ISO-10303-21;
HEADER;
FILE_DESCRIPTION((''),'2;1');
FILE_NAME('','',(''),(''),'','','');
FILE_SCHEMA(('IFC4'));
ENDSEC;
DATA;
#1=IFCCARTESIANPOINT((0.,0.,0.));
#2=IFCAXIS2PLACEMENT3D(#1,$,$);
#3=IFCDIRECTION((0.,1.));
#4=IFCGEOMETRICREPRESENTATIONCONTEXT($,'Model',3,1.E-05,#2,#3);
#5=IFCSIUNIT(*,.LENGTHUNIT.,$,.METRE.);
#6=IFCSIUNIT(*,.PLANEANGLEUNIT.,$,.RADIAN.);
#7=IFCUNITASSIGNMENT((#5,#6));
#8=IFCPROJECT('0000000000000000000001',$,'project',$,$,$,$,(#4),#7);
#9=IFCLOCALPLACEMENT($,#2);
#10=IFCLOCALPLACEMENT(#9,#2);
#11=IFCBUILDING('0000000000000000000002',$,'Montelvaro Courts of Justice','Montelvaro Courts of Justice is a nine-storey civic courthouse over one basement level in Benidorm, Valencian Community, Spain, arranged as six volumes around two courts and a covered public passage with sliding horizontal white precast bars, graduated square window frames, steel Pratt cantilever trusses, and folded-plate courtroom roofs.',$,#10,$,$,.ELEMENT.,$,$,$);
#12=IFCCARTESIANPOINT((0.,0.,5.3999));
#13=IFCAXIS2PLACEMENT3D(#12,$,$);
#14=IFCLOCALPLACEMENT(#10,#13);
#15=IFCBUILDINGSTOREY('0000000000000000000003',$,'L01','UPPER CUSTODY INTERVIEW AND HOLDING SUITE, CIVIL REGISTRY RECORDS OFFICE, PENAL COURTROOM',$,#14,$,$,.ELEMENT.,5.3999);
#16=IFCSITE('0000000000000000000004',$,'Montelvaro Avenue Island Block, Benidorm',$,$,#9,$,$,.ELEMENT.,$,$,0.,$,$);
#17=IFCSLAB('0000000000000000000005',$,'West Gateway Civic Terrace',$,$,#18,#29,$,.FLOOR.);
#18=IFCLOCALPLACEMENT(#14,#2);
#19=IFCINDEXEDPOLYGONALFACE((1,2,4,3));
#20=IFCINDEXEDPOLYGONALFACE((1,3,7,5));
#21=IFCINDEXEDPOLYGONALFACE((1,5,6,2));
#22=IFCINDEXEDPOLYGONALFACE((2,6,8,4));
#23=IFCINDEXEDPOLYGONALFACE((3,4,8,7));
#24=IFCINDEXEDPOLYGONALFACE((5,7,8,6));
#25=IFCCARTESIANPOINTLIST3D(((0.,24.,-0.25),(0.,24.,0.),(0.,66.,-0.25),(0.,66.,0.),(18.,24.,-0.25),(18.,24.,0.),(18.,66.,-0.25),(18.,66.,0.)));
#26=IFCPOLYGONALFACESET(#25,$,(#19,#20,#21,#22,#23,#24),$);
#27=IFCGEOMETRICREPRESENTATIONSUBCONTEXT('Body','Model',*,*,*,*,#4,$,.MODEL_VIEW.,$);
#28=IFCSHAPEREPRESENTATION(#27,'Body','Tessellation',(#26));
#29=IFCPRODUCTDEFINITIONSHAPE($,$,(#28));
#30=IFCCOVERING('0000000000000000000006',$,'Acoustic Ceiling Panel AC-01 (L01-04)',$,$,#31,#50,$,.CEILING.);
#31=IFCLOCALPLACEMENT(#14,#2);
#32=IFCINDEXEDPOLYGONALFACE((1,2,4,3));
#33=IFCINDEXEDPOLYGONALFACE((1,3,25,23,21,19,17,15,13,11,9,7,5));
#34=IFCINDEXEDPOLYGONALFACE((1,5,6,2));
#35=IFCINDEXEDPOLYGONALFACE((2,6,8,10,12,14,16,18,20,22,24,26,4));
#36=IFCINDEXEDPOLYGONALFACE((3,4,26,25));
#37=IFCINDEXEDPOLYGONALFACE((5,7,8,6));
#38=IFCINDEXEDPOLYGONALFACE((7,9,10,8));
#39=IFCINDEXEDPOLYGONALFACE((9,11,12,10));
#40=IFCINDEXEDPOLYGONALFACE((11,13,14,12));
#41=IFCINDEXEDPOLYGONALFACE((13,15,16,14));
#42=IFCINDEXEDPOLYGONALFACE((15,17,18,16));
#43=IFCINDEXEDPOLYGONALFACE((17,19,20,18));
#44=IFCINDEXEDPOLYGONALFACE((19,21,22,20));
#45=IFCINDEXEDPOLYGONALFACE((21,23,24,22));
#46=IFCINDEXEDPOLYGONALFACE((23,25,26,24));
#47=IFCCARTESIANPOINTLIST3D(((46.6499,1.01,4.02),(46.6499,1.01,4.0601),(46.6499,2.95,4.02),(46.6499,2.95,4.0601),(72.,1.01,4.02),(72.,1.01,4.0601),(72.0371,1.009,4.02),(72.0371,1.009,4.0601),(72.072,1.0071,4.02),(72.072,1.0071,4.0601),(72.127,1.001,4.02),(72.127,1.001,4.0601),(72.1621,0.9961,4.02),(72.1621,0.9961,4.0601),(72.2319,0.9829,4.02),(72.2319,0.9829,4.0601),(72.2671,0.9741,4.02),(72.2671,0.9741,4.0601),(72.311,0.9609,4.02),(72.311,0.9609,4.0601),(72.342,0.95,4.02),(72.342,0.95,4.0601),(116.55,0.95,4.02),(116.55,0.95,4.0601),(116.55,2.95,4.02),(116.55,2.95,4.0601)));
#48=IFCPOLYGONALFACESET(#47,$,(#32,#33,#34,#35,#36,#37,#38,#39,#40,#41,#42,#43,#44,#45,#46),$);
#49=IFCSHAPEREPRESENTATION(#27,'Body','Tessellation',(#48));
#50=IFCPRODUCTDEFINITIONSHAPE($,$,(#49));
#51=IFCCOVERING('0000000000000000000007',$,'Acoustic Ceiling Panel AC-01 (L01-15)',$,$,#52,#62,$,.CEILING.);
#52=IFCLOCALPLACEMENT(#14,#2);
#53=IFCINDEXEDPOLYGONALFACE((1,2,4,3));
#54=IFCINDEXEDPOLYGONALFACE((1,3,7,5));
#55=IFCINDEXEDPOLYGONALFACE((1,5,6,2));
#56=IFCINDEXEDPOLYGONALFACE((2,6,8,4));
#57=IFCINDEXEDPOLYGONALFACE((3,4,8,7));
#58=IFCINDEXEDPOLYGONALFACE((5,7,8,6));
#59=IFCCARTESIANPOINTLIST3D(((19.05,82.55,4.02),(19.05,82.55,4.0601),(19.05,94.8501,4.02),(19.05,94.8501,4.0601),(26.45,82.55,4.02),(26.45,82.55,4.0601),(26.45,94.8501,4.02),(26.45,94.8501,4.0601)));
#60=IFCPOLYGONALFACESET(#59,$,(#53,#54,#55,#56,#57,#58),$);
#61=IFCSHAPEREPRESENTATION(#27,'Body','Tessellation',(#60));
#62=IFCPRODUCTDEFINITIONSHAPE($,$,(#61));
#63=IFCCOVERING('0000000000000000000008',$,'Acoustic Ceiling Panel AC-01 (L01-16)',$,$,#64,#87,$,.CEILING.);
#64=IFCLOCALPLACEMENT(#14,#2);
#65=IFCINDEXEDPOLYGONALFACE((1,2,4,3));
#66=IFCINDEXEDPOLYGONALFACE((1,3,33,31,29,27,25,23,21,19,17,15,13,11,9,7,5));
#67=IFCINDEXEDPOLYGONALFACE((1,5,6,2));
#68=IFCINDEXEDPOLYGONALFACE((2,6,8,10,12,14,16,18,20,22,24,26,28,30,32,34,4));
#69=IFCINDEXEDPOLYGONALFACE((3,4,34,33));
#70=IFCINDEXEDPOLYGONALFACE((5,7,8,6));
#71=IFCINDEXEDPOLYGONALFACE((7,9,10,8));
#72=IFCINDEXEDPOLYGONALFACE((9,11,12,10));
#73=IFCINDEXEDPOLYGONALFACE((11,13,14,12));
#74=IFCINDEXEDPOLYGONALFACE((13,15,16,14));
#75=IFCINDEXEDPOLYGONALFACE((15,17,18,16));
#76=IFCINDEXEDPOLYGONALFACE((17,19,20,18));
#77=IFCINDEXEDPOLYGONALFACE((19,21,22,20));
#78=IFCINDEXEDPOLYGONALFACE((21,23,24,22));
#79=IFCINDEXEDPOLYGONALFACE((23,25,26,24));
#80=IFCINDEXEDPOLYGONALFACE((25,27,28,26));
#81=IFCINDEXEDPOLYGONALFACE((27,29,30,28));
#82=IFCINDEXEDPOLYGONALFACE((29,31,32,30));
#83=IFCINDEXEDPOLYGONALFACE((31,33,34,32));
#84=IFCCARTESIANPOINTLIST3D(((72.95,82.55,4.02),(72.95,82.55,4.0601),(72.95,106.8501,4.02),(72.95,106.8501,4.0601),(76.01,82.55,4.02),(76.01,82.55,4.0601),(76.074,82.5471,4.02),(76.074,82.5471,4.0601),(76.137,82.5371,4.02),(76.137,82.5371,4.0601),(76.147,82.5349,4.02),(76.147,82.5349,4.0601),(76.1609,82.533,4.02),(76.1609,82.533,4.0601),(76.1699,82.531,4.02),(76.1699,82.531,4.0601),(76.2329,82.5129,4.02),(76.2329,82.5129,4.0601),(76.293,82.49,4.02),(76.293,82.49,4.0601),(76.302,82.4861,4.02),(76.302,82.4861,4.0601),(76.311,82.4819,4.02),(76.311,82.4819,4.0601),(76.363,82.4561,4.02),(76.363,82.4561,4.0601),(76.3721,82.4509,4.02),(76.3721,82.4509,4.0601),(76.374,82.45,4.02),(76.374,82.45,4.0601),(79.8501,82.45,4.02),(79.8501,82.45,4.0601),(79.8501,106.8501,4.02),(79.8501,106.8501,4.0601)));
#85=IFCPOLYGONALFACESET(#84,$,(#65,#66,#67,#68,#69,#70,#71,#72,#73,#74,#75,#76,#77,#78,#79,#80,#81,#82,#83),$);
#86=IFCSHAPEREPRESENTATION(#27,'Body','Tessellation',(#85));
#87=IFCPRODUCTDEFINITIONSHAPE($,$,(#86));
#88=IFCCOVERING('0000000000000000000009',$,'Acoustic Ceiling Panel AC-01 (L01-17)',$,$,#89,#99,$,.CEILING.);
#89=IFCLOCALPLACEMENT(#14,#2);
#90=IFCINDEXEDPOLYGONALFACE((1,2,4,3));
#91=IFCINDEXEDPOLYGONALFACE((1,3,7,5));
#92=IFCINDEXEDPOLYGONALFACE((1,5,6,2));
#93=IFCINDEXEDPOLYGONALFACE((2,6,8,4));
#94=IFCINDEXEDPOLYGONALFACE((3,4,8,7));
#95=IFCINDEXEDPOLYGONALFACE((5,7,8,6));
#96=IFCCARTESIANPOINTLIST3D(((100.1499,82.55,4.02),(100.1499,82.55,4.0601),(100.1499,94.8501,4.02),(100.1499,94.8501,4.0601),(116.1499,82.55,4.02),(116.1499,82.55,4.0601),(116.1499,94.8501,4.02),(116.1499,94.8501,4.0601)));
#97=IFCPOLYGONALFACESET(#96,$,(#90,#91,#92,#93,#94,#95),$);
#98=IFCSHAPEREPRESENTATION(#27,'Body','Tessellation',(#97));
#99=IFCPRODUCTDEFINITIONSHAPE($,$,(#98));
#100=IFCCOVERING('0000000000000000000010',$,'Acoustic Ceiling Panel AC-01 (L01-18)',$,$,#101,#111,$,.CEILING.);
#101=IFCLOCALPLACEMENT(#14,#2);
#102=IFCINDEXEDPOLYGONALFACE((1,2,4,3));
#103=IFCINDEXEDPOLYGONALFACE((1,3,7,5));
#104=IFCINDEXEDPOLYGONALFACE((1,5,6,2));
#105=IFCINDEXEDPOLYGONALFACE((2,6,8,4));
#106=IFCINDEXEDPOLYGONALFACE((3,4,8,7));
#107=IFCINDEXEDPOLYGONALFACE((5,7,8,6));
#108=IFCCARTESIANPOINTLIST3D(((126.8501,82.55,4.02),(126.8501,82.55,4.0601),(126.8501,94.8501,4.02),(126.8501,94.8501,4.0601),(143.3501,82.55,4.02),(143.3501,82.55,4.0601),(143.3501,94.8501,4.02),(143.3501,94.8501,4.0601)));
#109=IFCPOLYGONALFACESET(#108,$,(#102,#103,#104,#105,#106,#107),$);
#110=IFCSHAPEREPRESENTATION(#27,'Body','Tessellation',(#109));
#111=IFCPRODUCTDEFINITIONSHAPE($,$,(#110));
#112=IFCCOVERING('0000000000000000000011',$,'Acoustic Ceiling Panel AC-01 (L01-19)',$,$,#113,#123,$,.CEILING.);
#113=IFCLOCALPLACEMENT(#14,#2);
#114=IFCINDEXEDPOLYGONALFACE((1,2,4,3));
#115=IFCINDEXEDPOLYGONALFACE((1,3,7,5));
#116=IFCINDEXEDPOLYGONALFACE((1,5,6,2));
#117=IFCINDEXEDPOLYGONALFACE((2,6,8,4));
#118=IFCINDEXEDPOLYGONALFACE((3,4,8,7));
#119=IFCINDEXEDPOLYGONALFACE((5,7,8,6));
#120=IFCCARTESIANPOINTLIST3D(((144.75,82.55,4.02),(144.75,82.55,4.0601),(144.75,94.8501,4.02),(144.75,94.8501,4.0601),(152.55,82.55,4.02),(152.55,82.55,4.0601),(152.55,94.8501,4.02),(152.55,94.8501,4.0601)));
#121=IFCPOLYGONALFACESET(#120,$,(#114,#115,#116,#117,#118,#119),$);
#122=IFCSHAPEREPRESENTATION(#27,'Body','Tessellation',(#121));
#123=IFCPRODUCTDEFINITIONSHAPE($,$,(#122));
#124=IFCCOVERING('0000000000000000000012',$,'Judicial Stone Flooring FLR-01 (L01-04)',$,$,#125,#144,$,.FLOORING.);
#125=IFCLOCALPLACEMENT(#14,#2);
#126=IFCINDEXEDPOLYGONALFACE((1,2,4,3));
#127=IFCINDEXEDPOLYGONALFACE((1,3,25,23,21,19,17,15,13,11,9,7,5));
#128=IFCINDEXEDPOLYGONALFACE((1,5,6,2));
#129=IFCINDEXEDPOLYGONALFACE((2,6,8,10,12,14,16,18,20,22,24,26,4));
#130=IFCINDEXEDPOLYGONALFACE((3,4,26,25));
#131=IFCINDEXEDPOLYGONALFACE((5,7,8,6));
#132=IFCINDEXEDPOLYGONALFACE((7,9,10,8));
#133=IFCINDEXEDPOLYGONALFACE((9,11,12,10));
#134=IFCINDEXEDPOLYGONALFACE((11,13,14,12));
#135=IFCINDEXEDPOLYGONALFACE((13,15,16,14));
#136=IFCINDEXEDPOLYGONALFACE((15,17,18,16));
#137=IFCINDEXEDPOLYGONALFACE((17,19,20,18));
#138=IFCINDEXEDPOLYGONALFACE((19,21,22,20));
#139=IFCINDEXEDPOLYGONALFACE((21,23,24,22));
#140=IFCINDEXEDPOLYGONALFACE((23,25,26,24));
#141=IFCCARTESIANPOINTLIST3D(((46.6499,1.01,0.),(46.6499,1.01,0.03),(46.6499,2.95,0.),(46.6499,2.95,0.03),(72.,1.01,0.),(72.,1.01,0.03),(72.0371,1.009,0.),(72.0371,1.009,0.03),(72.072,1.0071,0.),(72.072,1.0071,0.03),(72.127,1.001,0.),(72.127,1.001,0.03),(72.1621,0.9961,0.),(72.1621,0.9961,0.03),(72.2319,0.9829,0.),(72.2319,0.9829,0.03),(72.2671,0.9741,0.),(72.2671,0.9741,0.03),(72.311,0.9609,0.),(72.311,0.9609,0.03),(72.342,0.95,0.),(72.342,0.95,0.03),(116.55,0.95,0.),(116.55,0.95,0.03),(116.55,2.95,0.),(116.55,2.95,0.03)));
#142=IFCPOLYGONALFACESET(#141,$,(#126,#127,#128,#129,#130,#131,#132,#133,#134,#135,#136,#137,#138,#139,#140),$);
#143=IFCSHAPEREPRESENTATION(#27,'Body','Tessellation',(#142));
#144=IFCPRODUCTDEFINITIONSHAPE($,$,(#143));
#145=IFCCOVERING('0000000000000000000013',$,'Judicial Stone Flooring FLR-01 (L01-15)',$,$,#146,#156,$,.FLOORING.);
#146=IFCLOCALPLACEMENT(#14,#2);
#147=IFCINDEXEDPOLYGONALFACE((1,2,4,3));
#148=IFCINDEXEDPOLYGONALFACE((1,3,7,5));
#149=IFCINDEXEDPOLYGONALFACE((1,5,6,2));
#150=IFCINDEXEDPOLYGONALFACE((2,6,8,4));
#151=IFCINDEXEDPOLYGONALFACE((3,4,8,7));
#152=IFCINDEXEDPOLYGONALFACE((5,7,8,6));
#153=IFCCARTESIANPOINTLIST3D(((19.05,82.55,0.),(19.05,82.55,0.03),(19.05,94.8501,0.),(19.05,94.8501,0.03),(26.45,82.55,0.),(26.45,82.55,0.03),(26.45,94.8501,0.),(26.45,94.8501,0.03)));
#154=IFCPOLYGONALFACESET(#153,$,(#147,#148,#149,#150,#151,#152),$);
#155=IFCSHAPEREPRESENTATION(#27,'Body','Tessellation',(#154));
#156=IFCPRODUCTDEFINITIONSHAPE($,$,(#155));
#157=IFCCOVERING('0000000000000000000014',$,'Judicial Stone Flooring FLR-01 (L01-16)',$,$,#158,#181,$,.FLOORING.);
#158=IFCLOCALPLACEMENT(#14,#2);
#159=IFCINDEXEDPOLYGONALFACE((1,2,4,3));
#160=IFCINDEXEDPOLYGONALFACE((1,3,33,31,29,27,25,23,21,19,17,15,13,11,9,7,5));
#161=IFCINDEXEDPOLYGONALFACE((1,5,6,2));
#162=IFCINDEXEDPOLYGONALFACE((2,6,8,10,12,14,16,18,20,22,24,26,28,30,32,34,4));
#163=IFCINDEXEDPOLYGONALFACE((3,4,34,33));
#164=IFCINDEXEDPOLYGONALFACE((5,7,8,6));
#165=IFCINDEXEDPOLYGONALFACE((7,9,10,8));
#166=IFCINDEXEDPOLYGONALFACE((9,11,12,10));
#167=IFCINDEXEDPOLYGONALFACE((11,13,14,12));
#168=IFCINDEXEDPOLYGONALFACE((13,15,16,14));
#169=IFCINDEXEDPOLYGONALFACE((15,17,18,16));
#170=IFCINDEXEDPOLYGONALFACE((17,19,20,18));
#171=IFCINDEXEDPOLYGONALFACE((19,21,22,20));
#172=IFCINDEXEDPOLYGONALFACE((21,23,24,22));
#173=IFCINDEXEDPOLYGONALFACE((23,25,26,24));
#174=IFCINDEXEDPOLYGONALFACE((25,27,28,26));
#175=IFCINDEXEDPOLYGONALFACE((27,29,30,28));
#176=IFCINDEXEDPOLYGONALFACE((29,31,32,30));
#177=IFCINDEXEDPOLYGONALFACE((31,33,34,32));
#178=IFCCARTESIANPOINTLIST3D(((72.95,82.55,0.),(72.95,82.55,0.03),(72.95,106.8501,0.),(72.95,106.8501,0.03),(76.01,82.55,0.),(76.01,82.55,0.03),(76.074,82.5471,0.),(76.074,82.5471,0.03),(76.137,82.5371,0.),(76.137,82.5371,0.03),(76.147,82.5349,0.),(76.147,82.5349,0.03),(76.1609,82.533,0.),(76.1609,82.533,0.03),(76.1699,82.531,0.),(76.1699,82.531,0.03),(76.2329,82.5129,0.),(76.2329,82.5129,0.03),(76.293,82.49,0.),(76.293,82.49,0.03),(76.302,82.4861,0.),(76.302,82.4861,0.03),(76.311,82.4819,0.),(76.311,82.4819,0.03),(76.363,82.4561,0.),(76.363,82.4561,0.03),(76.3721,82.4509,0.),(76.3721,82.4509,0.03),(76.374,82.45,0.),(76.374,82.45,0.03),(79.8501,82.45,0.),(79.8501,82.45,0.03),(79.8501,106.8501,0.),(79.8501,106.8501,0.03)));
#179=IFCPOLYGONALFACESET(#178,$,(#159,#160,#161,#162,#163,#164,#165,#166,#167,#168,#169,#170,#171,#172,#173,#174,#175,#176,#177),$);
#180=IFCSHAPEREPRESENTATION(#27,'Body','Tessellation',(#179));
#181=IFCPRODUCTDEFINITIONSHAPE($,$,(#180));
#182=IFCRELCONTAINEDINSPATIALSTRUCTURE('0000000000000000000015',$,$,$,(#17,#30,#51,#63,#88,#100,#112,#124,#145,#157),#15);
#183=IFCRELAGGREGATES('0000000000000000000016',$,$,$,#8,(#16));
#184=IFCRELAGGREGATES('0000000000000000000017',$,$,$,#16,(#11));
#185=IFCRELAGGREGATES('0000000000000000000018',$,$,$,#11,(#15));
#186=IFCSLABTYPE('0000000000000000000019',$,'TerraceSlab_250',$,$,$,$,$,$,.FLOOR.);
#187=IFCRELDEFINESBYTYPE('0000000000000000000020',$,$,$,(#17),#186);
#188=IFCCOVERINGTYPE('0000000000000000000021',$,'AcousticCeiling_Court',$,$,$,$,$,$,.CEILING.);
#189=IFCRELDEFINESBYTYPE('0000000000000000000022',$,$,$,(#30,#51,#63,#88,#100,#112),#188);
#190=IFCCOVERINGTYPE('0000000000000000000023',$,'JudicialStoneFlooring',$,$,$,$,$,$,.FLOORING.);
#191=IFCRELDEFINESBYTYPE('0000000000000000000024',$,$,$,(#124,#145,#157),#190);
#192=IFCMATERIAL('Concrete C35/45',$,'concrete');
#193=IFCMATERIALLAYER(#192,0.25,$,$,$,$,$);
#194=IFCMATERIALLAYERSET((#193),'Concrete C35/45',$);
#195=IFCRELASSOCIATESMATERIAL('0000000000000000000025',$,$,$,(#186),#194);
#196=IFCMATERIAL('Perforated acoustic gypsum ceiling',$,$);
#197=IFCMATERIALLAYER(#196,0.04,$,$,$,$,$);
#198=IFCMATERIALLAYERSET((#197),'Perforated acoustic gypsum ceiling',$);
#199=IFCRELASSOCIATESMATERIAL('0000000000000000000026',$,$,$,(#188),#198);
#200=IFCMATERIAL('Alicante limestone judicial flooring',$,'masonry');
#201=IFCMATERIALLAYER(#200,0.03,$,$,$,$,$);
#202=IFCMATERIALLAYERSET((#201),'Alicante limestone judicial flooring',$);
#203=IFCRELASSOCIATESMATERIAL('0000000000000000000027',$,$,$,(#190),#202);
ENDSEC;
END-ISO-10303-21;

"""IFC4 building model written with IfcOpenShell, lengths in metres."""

from ifc_helpers import new_model, si_unit, direction, frame, origin, place, context, subcontext, project, spatial, polyline, outline, extrude, material, layer, layer_set, type_object, element, save


model = new_model("IFC4")

# Units and contexts
model_context = context("Model", 3, precision=1e-05, world=origin(), true_north=direction((0.0, 1.0)))
body_context = subcontext(model_context, "Body", "Model", "MODEL_VIEW")
ifc_project = project(units=[si_unit("LENGTHUNIT", "METRE"), si_unit("PLANEANGLEUNIT", "RADIAN")], contexts=[model_context])

# Site, building, storey
site_placement = place(None, origin())
site = spatial("IfcSite", under=ifc_project, at=site_placement, Name="Montelvaro Avenue Island Block, Benidorm", CompositionType="ELEMENT", RefElevation=0.0)
building_placement = place(site_placement, origin())
building = spatial("IfcBuilding", under=site, at=building_placement, Name="Montelvaro Courts of Justice", Description="Montelvaro Courts of Justice is a nine-storey civic courthouse over one basement level in Benidorm, Valencian Community, Spain, arranged as six volumes around two courts and a covered public passage with sliding horizontal white precast bars, graduated square window frames, steel Pratt cantilever trusses, and folded-plate courtroom roofs.", CompositionType="ELEMENT")
storey_placement = place(building_placement, frame((0.0, 0.0, 5.3999)))
storey = spatial("IfcBuildingStorey", under=building, at=storey_placement, Name="L01", Description="UPPER CUSTODY INTERVIEW AND HOLDING SUITE, CIVIL REGISTRY RECORDS OFFICE, PENAL COURTROOM", CompositionType="ELEMENT", Elevation=5.3999)

# Shared definitions
ifc_material_1 = material(Name="Concrete C35/45", Category="concrete")

# Slab
ifc_layer_1 = layer(ifc_material_1, 0.25)
ifc_layer_set_1 = layer_set([ifc_layer_1], Name="Concrete C35/45")
slab_type_1 = type_object("IfcSlabType", Name="TerraceSlab_250", PredefinedType="FLOOR", material=ifc_layer_set_1)
slab_1_placement = place(storey_placement, frame((0.0, 0.0, -0.25)))
element("IfcSlab", 1, at=slab_1_placement, inside=storey, type_object=slab_type_1, Name="West Gateway Civic Terrace", PredefinedType="FLOOR", context=body_context, shape_type="SweptSolid", body=[
    extrude(outline(polyline([(0.0, 24.0), (18.0, 24.0), (18.0, 66.0), (0.0, 66.0), (0.0, 24.0)])), origin(), (0.0, 0.0, 1.0), 0.25),
])

# Coverings
ifc_material_2 = material(Name="Perforated acoustic gypsum ceiling")
ifc_layer_2 = layer(ifc_material_2, 0.04)
ifc_layer_set_2 = layer_set([ifc_layer_2], Name="Perforated acoustic gypsum ceiling")
covering_type_1 = type_object("IfcCoveringType", Name="AcousticCeiling_Court", PredefinedType="CEILING", material=ifc_layer_set_2)
covering_1_placement = place(storey_placement, frame((0.0, 0.0, 4.02)))
element("IfcCovering", 2, at=covering_1_placement, inside=storey, type_object=covering_type_1, Name="Acoustic Ceiling Panel AC-01 (L01-04)", PredefinedType="CEILING", context=body_context, shape_type="SweptSolid", body=[
    extrude(outline(polyline([(72.1621, 0.9961), (72.127, 1.001), (72.072, 1.0071), (72.0371, 1.009), (72.0, 1.01), (46.6499, 1.01), (46.6499, 2.95), (116.55, 2.95), (116.55, 0.95), (72.342, 0.95), (72.311, 0.9609), (72.2671, 0.9741), (72.2319, 0.9829), (72.1621, 0.9961)])), origin(), (0.0, 0.0, 1.0), 0.04),
])
covering_2_placement = place(storey_placement, frame((0.0, 0.0, 4.02)))
element("IfcCovering", 3, at=covering_2_placement, inside=storey, type_object=covering_type_1, Name="Acoustic Ceiling Panel AC-01 (L01-15)", PredefinedType="CEILING", context=body_context, shape_type="SweptSolid", body=[
    extrude(outline(polyline([(19.05, 94.8501), (26.45, 94.8501), (26.45, 82.55), (19.05, 82.55), (19.05, 94.8501)])), origin(), (0.0, 0.0, 1.0), 0.04),
])
covering_3_placement = place(storey_placement, frame((0.0, 0.0, 4.02)))
element("IfcCovering", 4, at=covering_3_placement, inside=storey, type_object=covering_type_1, Name="Acoustic Ceiling Panel AC-01 (L01-16)", PredefinedType="CEILING", context=body_context, shape_type="SweptSolid", body=[
    extrude(outline(polyline([(76.363, 82.4561), (76.311, 82.4819), (76.302, 82.4861), (76.293, 82.49), (76.2329, 82.5129), (76.1699, 82.531), (76.1609, 82.533), (76.147, 82.5349), (76.137, 82.5371), (76.074, 82.5471), (76.01, 82.55), (72.95, 82.55), (72.95, 106.8501), (79.8501, 106.8501), (79.8501, 82.45), (76.374, 82.45), (76.3721, 82.4509), (76.363, 82.4561)])), origin(), (0.0, 0.0, 1.0), 0.04),
])
covering_4_placement = place(storey_placement, frame((0.0, 0.0, 4.02)))
element("IfcCovering", 5, at=covering_4_placement, inside=storey, type_object=covering_type_1, Name="Acoustic Ceiling Panel AC-01 (L01-17)", PredefinedType="CEILING", context=body_context, shape_type="SweptSolid", body=[
    extrude(outline(polyline([(116.1499, 82.55), (100.1499, 82.55), (100.1499, 94.8501), (116.1499, 94.8501), (116.1499, 82.55)])), origin(), (0.0, 0.0, 1.0), 0.04),
])
covering_5_placement = place(storey_placement, frame((0.0, 0.0, 4.02)))
element("IfcCovering", 6, at=covering_5_placement, inside=storey, type_object=covering_type_1, Name="Acoustic Ceiling Panel AC-01 (L01-18)", PredefinedType="CEILING", context=body_context, shape_type="SweptSolid", body=[
    extrude(outline(polyline([(126.8501, 82.55), (126.8501, 94.8501), (143.3501, 94.8501), (143.3501, 82.55), (126.8501, 82.55)])), origin(), (0.0, 0.0, 1.0), 0.04),
])
covering_6_placement = place(storey_placement, frame((0.0, 0.0, 4.02)))
element("IfcCovering", 7, at=covering_6_placement, inside=storey, type_object=covering_type_1, Name="Acoustic Ceiling Panel AC-01 (L01-19)", PredefinedType="CEILING", context=body_context, shape_type="SweptSolid", body=[
    extrude(outline(polyline([(144.75, 94.8501), (152.55, 94.8501), (152.55, 82.55), (144.75, 82.55), (144.75, 94.8501)])), origin(), (0.0, 0.0, 1.0), 0.04),
])
ifc_material_3 = material(Name="Alicante limestone judicial flooring", Category="masonry")
ifc_layer_3 = layer(ifc_material_3, 0.03)
ifc_layer_set_3 = layer_set([ifc_layer_3], Name="Alicante limestone judicial flooring")
covering_type_2 = type_object("IfcCoveringType", Name="JudicialStoneFlooring", PredefinedType="FLOORING", material=ifc_layer_set_3)
covering_7_placement = place(storey_placement, origin())
element("IfcCovering", 8, at=covering_7_placement, inside=storey, type_object=covering_type_2, Name="Judicial Stone Flooring FLR-01 (L01-04)", PredefinedType="FLOORING", context=body_context, shape_type="SweptSolid", body=[
    extrude(outline(polyline([(72.1621, 0.9961), (72.127, 1.001), (72.072, 1.0071), (72.0371, 1.009), (72.0, 1.01), (46.6499, 1.01), (46.6499, 2.95), (116.55, 2.95), (116.55, 0.95), (72.342, 0.95), (72.311, 0.9609), (72.2671, 0.9741), (72.2319, 0.9829), (72.1621, 0.9961)])), origin(), (0.0, 0.0, 1.0), 0.03),
])
covering_8_placement = place(storey_placement, origin())
element("IfcCovering", 9, at=covering_8_placement, inside=storey, type_object=covering_type_2, Name="Judicial Stone Flooring FLR-01 (L01-15)", PredefinedType="FLOORING", context=body_context, shape_type="SweptSolid", body=[
    extrude(outline(polyline([(19.05, 94.8501), (26.45, 94.8501), (26.45, 82.55), (19.05, 82.55), (19.05, 94.8501)])), origin(), (0.0, 0.0, 1.0), 0.03),
])
covering_9_placement = place(storey_placement, origin())
element("IfcCovering", 10, at=covering_9_placement, inside=storey, type_object=covering_type_2, Name="Judicial Stone Flooring FLR-01 (L01-16)", PredefinedType="FLOORING", context=body_context, shape_type="SweptSolid", body=[
    extrude(outline(polyline([(76.363, 82.4561), (76.311, 82.4819), (76.302, 82.4861), (76.293, 82.49), (76.2329, 82.5129), (76.1699, 82.531), (76.1609, 82.533), (76.147, 82.5349), (76.137, 82.5371), (76.074, 82.5471), (76.01, 82.55), (72.95, 82.55), (72.95, 106.8501), (79.8501, 106.8501), (79.8501, 82.45), (76.374, 82.45), (76.3721, 82.4509), (76.363, 82.4561)])), origin(), (0.0, 0.0, 1.0), 0.03),
])

save(model, "model.ifc")
